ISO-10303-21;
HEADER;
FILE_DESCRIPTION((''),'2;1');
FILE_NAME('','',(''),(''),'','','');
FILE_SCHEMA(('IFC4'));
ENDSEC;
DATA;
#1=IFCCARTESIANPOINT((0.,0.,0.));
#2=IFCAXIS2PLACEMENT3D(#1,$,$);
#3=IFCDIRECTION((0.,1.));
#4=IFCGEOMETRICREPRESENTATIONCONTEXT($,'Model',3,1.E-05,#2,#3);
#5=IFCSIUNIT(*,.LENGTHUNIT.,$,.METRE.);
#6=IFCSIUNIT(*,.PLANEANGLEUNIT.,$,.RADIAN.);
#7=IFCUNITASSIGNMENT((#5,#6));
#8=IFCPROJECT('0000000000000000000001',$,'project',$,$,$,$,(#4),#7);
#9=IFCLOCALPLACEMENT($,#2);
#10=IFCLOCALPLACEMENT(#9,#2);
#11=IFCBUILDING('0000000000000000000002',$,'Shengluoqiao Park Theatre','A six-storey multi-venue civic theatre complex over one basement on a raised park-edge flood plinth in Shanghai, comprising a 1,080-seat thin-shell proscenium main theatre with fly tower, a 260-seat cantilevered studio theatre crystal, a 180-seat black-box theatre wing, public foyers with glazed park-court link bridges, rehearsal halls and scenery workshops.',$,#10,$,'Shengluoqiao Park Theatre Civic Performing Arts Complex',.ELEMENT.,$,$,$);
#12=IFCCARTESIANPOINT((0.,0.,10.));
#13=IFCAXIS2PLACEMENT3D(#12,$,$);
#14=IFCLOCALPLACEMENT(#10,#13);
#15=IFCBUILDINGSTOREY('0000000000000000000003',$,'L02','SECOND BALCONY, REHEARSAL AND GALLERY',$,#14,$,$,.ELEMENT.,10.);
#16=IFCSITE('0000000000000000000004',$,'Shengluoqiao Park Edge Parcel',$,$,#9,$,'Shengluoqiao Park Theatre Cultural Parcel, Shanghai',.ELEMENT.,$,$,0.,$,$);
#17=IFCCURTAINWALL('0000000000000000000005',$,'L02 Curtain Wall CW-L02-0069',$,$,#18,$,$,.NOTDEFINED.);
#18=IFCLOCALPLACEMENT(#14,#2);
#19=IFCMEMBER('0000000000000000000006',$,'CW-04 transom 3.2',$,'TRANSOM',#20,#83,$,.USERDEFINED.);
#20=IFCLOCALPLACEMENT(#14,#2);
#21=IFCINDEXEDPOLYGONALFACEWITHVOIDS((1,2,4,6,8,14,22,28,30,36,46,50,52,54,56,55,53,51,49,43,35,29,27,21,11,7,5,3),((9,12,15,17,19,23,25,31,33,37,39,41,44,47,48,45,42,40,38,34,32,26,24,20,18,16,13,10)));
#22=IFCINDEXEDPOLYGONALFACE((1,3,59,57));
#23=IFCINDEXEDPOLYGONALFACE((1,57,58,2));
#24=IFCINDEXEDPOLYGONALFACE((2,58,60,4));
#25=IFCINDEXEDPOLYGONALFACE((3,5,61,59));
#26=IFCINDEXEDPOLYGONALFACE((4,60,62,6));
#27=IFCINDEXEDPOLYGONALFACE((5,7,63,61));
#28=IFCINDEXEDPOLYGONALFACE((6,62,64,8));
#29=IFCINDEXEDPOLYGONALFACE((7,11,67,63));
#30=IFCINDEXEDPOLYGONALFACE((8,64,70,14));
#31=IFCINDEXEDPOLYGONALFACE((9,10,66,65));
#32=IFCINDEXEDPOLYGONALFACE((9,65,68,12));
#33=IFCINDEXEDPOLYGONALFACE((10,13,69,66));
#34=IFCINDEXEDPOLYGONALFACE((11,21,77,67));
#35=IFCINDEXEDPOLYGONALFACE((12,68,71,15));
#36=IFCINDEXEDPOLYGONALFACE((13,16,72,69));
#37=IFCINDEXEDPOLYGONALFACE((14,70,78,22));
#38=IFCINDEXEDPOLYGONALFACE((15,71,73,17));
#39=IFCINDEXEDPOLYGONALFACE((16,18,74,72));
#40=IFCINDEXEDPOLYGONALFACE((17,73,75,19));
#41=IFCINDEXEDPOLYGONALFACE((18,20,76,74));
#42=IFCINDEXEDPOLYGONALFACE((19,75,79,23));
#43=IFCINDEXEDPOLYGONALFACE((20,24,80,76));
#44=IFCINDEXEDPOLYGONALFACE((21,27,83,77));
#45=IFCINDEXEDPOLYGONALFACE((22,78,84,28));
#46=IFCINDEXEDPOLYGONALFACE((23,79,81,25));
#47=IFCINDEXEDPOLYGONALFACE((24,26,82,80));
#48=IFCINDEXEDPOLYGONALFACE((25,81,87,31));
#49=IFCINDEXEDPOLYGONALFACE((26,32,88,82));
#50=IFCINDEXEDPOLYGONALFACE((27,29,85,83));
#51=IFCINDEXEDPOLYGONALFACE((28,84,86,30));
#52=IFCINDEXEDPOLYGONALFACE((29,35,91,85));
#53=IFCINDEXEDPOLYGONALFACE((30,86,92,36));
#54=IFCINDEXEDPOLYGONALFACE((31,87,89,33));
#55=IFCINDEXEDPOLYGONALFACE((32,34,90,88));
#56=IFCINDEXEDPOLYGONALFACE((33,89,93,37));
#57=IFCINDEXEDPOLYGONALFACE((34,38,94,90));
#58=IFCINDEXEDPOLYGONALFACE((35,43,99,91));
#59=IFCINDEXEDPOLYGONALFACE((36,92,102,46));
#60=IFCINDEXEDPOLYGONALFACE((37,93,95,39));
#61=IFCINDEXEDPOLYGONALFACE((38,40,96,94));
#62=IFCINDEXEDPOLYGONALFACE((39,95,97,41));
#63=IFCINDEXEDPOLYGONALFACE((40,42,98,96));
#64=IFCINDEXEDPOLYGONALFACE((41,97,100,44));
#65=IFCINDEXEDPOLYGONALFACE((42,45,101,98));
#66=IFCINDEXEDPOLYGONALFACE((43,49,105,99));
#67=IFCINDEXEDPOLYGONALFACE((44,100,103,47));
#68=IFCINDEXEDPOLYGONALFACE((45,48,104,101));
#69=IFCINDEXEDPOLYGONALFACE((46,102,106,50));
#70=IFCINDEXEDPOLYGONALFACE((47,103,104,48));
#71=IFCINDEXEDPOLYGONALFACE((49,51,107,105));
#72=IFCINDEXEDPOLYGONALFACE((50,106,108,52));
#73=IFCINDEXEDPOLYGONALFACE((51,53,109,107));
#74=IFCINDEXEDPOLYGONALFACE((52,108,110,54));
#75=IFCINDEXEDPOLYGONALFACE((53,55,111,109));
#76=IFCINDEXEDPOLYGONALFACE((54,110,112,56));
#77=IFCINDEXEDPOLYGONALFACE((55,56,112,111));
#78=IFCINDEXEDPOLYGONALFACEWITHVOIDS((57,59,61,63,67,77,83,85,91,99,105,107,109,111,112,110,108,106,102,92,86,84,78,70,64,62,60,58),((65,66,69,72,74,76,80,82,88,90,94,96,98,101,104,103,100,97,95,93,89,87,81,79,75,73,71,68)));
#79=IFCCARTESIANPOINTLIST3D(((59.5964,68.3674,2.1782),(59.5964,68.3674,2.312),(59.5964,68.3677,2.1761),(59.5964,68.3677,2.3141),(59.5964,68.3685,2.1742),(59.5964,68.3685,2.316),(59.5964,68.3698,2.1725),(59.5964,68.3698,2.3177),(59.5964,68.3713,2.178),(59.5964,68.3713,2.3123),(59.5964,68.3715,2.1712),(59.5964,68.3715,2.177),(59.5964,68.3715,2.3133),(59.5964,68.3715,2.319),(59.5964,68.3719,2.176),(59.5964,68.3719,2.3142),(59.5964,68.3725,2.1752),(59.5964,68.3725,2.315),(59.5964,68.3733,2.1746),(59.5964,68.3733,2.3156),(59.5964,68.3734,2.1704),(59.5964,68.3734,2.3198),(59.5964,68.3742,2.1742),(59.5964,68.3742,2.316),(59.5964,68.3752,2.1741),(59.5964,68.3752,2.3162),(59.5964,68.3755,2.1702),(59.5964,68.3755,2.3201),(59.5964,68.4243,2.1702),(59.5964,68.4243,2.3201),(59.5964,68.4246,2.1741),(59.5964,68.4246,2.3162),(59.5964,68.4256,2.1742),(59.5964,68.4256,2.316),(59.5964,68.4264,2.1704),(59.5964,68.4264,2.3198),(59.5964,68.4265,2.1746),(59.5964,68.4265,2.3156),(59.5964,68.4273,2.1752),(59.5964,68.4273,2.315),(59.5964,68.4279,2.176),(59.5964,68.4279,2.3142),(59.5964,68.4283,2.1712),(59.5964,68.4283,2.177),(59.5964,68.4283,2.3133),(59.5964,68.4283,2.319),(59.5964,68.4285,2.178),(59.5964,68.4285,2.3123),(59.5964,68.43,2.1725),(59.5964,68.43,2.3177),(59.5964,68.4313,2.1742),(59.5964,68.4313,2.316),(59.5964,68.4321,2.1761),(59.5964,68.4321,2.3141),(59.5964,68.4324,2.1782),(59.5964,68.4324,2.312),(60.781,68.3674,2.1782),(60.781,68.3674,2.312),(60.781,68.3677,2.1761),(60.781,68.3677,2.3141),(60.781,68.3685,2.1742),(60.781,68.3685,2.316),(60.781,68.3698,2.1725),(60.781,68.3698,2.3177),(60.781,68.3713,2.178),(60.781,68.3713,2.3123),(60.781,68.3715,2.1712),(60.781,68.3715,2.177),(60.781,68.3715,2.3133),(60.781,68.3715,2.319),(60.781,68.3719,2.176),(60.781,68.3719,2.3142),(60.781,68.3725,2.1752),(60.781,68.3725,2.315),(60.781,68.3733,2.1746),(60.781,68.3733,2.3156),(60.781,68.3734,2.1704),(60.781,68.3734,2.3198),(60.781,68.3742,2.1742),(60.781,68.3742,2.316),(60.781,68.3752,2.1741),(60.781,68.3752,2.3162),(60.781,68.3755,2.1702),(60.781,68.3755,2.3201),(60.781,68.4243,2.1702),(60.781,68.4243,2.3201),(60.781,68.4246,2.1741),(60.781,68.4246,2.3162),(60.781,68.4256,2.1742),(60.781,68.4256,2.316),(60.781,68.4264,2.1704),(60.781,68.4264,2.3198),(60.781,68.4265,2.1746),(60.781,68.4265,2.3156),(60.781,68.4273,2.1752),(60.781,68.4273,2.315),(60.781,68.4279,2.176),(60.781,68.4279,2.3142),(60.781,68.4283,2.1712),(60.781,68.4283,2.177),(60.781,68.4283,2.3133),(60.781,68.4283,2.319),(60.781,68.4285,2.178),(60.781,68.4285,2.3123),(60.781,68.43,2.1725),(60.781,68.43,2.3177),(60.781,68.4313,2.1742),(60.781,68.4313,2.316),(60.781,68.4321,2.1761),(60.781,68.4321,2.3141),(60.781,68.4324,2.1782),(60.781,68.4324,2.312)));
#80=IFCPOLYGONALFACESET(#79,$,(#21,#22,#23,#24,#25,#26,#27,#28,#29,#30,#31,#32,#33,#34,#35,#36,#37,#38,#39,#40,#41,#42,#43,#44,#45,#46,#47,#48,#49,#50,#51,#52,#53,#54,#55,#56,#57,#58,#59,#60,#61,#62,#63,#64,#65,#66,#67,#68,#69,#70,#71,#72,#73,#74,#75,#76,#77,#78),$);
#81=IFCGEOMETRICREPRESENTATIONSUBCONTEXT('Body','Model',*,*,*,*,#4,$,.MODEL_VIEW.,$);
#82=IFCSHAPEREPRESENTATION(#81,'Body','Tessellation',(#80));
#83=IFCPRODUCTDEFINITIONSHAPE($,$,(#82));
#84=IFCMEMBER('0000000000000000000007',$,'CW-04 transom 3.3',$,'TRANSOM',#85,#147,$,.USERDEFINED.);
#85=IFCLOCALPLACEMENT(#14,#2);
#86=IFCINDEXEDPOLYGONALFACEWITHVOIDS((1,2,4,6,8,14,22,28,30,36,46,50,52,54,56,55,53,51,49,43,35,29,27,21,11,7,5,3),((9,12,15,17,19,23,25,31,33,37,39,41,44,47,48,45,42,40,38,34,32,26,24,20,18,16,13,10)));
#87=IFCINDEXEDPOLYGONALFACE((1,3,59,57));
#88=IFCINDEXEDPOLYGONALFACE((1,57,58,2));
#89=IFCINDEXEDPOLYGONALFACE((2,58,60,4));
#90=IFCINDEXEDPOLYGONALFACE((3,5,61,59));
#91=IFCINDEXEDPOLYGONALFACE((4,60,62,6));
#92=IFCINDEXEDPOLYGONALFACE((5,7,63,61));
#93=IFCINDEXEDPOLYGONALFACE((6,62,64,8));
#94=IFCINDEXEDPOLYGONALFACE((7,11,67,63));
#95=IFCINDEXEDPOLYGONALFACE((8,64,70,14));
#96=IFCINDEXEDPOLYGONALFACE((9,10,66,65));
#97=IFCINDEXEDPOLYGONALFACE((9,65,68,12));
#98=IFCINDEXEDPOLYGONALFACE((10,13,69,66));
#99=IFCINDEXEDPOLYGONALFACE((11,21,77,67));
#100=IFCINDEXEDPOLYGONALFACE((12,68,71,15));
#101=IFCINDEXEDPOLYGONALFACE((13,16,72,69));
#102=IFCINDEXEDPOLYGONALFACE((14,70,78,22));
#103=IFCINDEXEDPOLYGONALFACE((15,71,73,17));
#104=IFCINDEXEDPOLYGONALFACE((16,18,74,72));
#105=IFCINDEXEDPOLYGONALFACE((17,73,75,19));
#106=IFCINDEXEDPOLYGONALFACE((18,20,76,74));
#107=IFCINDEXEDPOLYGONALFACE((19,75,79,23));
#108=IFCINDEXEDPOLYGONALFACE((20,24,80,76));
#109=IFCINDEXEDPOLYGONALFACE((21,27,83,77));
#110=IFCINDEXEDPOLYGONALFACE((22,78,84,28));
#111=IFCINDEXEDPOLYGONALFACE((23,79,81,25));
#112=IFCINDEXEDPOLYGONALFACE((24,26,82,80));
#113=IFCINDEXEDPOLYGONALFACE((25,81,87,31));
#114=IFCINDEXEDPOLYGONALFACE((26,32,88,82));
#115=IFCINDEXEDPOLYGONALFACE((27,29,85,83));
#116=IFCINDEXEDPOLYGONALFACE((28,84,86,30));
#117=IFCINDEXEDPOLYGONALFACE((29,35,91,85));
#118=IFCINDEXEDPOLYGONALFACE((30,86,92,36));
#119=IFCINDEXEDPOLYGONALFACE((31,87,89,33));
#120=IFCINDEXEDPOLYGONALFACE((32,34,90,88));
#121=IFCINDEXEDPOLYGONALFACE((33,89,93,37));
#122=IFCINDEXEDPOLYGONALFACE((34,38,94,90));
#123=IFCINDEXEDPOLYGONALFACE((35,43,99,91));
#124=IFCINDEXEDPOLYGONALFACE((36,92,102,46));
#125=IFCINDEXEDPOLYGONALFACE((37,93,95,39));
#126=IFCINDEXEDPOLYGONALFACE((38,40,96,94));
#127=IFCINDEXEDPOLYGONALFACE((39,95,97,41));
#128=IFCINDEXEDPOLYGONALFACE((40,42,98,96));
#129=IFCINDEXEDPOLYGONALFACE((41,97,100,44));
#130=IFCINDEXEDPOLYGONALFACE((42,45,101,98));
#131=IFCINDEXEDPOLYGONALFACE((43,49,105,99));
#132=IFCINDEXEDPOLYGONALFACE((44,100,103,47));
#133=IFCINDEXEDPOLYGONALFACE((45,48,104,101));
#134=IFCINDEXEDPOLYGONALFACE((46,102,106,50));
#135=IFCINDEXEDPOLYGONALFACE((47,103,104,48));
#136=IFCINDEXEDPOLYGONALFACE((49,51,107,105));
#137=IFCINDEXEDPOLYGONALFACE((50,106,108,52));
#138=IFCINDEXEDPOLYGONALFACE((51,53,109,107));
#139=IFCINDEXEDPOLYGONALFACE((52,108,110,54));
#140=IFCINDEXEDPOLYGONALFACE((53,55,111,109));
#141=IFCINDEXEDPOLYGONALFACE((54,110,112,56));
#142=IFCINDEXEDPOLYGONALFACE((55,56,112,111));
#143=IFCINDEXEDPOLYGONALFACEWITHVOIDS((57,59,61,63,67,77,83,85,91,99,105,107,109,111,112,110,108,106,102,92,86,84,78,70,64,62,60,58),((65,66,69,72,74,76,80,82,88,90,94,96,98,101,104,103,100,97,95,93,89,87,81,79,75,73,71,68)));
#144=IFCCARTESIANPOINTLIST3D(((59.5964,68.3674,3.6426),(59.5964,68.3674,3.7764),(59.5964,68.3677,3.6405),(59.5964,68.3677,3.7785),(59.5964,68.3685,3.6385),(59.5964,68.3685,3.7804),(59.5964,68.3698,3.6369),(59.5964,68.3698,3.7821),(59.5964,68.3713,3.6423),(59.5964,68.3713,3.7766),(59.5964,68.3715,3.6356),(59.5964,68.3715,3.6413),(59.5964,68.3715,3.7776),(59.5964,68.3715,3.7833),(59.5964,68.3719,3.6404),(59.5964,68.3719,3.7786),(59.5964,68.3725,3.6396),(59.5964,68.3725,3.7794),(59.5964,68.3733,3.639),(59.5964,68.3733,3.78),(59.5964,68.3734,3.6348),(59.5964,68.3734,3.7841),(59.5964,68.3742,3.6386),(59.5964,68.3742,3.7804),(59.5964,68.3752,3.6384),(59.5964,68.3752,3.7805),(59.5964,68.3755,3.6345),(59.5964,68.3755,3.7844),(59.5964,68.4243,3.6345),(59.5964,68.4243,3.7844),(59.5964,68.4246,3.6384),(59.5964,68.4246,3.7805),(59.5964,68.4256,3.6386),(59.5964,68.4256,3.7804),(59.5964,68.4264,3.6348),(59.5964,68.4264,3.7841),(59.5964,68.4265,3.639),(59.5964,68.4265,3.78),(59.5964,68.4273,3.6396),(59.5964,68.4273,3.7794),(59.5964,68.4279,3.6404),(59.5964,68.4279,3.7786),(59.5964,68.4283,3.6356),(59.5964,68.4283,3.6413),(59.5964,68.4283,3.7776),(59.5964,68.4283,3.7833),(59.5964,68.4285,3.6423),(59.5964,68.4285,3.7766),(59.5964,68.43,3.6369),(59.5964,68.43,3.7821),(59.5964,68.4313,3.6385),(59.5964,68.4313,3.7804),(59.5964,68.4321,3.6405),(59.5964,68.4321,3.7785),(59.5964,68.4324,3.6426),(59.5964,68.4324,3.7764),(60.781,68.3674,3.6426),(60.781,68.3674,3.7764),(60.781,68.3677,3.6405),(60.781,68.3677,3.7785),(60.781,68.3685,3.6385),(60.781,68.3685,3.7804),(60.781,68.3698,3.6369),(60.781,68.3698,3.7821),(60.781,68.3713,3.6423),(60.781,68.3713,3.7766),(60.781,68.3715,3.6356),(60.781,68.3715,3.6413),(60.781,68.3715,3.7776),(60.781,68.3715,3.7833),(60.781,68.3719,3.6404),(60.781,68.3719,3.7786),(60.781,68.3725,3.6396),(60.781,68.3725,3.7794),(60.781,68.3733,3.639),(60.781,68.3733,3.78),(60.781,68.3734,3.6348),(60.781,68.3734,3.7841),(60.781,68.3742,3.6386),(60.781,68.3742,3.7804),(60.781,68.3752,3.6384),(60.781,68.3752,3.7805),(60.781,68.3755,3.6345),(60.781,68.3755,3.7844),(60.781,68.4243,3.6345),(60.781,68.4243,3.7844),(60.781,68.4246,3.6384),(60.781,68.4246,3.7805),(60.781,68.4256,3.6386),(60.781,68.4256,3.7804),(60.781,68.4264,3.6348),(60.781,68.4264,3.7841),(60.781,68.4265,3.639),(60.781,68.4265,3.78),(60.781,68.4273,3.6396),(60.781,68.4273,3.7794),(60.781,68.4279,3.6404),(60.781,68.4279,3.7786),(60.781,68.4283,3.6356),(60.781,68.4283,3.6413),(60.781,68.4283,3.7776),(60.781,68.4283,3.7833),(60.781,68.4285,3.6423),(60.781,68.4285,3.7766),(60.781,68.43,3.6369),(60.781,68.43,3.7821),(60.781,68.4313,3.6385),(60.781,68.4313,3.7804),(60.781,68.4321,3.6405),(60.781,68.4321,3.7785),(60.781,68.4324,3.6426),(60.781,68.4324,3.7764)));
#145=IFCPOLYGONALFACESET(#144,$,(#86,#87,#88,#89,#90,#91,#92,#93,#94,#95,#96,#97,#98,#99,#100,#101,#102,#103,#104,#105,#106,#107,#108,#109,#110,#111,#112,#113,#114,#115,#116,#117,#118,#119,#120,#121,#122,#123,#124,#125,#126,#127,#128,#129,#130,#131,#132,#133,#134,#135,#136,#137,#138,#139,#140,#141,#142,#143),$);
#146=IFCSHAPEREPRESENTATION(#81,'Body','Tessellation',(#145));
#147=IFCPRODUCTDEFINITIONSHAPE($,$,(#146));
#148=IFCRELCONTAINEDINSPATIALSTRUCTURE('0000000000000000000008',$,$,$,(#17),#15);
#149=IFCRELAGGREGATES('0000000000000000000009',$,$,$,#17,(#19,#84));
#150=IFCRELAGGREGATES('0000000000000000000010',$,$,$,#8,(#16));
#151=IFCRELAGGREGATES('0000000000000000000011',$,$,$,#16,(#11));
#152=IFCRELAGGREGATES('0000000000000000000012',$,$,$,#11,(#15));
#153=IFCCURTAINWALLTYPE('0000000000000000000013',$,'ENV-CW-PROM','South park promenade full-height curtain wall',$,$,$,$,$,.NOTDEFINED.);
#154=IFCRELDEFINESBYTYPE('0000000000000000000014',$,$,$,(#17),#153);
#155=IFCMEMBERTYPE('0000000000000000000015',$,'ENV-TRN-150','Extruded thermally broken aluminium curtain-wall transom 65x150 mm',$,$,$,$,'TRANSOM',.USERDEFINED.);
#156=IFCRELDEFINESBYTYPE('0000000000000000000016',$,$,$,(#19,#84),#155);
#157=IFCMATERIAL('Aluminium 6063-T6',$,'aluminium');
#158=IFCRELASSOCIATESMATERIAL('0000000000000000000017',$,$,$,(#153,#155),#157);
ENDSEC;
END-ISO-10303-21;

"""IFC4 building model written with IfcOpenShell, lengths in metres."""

from ifc_helpers import new_model, si_unit, direction, frame, origin, origin_2d, place, context, subcontext, project, spatial, hollow_rectangle, extrude, material, material_profile, profile_set, type_object, element, aggregate, save


model = new_model("IFC4")

# Units and contexts
model_context = context("Model", 3, precision=1e-05, world=origin(), true_north=direction((0.0, 1.0)))
body_context = subcontext(model_context, "Body", "Model", "MODEL_VIEW")
ifc_project = project(units=[si_unit("LENGTHUNIT", "METRE"), si_unit("PLANEANGLEUNIT", "RADIAN")], contexts=[model_context])

# Site, building, storey
site_placement = place(None, origin())
site = spatial("IfcSite", under=ifc_project, at=site_placement, Name="Shengluoqiao Park Edge Parcel", LongName="Shengluoqiao Park Theatre Cultural Parcel, Shanghai", CompositionType="ELEMENT", RefElevation=0.0)
building_placement = place(site_placement, origin())
building = spatial("IfcBuilding", under=site, at=building_placement, Name="Shengluoqiao Park Theatre", Description="A six-storey multi-venue civic theatre complex over one basement on a raised park-edge flood plinth in Shanghai, comprising a 1,080-seat thin-shell proscenium main theatre with fly tower, a 260-seat cantilevered studio theatre crystal, a 180-seat black-box theatre wing, public foyers with glazed park-court link bridges, rehearsal halls and scenery workshops.", LongName="Shengluoqiao Park Theatre Civic Performing Arts Complex", CompositionType="ELEMENT")
storey_placement = place(building_placement, frame((0.0, 0.0, 10.0)))
storey = spatial("IfcBuildingStorey", under=building, at=storey_placement, Name="L02", Description="SECOND BALCONY, REHEARSAL AND GALLERY", CompositionType="ELEMENT", Elevation=10.0)

# Curtain wall
ifc_material_1 = material(Name="Aluminium 6063-T6", Category="aluminium")
curtain_wall_type = type_object("IfcCurtainWallType", Name="ENV-CW-PROM", Description="South park promenade full-height curtain wall", PredefinedType="NOTDEFINED", material=ifc_material_1)
curtain_wall_1_placement = place(storey_placement, origin())
curtain_wall_1 = element("IfcCurtainWall", 1, at=curtain_wall_1_placement, inside=storey, type_object=curtain_wall_type, Name="L02 Curtain Wall CW-L02-0069", PredefinedType="NOTDEFINED")

# Members
ifc_material_profile_1 = material_profile(ifc_material_1, hollow_rectangle(XDim=0.0649, YDim=0.1499, WallThickness=0.0039, InnerFilletRadius=0.0039, OuterFilletRadius=0.0081, at=origin_2d()), Name="ALU TRANSOM 150x65x4")
ifc_profile_set_1 = profile_set([ifc_material_profile_1], Name="Aluminium 6063-T6")
member_type_1 = type_object("IfcMemberType", Name="ENV-TRN-150", Description="Extruded thermally broken aluminium curtain-wall transom 65x150 mm", ElementType="TRANSOM", PredefinedType="USERDEFINED", material=ifc_profile_set_1)
member_1_placement = place(storey_placement, frame((59.5964, 68.3999, 2.2451), z_axis=(1.0, 0.0, 0.0), x_axis=(0.0, 1.0, 0.0)))
member_1 = element("IfcMember", 2, at=member_1_placement, type_object=member_type_1, Name="CW-04 transom 3.2", ObjectType="TRANSOM", PredefinedType="USERDEFINED", context=body_context, shape_type="SweptSolid", body=[
    extrude(hollow_rectangle(XDim=0.0649, YDim=0.1499, WallThickness=0.0039, InnerFilletRadius=0.0039, OuterFilletRadius=0.0081, at=origin_2d()), origin(), (0.0, 0.0, 1.0), 1.1846),
])
member_2_placement = place(storey_placement, frame((59.5964, 68.3999, 3.7095), z_axis=(1.0, 0.0, 0.0), x_axis=(0.0, 1.0, 0.0)))
member_2 = element("IfcMember", 3, at=member_2_placement, type_object=member_type_1, Name="CW-04 transom 3.3", ObjectType="TRANSOM", PredefinedType="USERDEFINED", context=body_context, shape_type="SweptSolid", body=[
    extrude(hollow_rectangle(XDim=0.0649, YDim=0.1499, WallThickness=0.0039, InnerFilletRadius=0.0039, OuterFilletRadius=0.0081, at=origin_2d()), origin(), (0.0, 0.0, 1.0), 1.1846),
])

aggregate(curtain_wall_1, [member_1, member_2])

save(model, "model.ifc")
